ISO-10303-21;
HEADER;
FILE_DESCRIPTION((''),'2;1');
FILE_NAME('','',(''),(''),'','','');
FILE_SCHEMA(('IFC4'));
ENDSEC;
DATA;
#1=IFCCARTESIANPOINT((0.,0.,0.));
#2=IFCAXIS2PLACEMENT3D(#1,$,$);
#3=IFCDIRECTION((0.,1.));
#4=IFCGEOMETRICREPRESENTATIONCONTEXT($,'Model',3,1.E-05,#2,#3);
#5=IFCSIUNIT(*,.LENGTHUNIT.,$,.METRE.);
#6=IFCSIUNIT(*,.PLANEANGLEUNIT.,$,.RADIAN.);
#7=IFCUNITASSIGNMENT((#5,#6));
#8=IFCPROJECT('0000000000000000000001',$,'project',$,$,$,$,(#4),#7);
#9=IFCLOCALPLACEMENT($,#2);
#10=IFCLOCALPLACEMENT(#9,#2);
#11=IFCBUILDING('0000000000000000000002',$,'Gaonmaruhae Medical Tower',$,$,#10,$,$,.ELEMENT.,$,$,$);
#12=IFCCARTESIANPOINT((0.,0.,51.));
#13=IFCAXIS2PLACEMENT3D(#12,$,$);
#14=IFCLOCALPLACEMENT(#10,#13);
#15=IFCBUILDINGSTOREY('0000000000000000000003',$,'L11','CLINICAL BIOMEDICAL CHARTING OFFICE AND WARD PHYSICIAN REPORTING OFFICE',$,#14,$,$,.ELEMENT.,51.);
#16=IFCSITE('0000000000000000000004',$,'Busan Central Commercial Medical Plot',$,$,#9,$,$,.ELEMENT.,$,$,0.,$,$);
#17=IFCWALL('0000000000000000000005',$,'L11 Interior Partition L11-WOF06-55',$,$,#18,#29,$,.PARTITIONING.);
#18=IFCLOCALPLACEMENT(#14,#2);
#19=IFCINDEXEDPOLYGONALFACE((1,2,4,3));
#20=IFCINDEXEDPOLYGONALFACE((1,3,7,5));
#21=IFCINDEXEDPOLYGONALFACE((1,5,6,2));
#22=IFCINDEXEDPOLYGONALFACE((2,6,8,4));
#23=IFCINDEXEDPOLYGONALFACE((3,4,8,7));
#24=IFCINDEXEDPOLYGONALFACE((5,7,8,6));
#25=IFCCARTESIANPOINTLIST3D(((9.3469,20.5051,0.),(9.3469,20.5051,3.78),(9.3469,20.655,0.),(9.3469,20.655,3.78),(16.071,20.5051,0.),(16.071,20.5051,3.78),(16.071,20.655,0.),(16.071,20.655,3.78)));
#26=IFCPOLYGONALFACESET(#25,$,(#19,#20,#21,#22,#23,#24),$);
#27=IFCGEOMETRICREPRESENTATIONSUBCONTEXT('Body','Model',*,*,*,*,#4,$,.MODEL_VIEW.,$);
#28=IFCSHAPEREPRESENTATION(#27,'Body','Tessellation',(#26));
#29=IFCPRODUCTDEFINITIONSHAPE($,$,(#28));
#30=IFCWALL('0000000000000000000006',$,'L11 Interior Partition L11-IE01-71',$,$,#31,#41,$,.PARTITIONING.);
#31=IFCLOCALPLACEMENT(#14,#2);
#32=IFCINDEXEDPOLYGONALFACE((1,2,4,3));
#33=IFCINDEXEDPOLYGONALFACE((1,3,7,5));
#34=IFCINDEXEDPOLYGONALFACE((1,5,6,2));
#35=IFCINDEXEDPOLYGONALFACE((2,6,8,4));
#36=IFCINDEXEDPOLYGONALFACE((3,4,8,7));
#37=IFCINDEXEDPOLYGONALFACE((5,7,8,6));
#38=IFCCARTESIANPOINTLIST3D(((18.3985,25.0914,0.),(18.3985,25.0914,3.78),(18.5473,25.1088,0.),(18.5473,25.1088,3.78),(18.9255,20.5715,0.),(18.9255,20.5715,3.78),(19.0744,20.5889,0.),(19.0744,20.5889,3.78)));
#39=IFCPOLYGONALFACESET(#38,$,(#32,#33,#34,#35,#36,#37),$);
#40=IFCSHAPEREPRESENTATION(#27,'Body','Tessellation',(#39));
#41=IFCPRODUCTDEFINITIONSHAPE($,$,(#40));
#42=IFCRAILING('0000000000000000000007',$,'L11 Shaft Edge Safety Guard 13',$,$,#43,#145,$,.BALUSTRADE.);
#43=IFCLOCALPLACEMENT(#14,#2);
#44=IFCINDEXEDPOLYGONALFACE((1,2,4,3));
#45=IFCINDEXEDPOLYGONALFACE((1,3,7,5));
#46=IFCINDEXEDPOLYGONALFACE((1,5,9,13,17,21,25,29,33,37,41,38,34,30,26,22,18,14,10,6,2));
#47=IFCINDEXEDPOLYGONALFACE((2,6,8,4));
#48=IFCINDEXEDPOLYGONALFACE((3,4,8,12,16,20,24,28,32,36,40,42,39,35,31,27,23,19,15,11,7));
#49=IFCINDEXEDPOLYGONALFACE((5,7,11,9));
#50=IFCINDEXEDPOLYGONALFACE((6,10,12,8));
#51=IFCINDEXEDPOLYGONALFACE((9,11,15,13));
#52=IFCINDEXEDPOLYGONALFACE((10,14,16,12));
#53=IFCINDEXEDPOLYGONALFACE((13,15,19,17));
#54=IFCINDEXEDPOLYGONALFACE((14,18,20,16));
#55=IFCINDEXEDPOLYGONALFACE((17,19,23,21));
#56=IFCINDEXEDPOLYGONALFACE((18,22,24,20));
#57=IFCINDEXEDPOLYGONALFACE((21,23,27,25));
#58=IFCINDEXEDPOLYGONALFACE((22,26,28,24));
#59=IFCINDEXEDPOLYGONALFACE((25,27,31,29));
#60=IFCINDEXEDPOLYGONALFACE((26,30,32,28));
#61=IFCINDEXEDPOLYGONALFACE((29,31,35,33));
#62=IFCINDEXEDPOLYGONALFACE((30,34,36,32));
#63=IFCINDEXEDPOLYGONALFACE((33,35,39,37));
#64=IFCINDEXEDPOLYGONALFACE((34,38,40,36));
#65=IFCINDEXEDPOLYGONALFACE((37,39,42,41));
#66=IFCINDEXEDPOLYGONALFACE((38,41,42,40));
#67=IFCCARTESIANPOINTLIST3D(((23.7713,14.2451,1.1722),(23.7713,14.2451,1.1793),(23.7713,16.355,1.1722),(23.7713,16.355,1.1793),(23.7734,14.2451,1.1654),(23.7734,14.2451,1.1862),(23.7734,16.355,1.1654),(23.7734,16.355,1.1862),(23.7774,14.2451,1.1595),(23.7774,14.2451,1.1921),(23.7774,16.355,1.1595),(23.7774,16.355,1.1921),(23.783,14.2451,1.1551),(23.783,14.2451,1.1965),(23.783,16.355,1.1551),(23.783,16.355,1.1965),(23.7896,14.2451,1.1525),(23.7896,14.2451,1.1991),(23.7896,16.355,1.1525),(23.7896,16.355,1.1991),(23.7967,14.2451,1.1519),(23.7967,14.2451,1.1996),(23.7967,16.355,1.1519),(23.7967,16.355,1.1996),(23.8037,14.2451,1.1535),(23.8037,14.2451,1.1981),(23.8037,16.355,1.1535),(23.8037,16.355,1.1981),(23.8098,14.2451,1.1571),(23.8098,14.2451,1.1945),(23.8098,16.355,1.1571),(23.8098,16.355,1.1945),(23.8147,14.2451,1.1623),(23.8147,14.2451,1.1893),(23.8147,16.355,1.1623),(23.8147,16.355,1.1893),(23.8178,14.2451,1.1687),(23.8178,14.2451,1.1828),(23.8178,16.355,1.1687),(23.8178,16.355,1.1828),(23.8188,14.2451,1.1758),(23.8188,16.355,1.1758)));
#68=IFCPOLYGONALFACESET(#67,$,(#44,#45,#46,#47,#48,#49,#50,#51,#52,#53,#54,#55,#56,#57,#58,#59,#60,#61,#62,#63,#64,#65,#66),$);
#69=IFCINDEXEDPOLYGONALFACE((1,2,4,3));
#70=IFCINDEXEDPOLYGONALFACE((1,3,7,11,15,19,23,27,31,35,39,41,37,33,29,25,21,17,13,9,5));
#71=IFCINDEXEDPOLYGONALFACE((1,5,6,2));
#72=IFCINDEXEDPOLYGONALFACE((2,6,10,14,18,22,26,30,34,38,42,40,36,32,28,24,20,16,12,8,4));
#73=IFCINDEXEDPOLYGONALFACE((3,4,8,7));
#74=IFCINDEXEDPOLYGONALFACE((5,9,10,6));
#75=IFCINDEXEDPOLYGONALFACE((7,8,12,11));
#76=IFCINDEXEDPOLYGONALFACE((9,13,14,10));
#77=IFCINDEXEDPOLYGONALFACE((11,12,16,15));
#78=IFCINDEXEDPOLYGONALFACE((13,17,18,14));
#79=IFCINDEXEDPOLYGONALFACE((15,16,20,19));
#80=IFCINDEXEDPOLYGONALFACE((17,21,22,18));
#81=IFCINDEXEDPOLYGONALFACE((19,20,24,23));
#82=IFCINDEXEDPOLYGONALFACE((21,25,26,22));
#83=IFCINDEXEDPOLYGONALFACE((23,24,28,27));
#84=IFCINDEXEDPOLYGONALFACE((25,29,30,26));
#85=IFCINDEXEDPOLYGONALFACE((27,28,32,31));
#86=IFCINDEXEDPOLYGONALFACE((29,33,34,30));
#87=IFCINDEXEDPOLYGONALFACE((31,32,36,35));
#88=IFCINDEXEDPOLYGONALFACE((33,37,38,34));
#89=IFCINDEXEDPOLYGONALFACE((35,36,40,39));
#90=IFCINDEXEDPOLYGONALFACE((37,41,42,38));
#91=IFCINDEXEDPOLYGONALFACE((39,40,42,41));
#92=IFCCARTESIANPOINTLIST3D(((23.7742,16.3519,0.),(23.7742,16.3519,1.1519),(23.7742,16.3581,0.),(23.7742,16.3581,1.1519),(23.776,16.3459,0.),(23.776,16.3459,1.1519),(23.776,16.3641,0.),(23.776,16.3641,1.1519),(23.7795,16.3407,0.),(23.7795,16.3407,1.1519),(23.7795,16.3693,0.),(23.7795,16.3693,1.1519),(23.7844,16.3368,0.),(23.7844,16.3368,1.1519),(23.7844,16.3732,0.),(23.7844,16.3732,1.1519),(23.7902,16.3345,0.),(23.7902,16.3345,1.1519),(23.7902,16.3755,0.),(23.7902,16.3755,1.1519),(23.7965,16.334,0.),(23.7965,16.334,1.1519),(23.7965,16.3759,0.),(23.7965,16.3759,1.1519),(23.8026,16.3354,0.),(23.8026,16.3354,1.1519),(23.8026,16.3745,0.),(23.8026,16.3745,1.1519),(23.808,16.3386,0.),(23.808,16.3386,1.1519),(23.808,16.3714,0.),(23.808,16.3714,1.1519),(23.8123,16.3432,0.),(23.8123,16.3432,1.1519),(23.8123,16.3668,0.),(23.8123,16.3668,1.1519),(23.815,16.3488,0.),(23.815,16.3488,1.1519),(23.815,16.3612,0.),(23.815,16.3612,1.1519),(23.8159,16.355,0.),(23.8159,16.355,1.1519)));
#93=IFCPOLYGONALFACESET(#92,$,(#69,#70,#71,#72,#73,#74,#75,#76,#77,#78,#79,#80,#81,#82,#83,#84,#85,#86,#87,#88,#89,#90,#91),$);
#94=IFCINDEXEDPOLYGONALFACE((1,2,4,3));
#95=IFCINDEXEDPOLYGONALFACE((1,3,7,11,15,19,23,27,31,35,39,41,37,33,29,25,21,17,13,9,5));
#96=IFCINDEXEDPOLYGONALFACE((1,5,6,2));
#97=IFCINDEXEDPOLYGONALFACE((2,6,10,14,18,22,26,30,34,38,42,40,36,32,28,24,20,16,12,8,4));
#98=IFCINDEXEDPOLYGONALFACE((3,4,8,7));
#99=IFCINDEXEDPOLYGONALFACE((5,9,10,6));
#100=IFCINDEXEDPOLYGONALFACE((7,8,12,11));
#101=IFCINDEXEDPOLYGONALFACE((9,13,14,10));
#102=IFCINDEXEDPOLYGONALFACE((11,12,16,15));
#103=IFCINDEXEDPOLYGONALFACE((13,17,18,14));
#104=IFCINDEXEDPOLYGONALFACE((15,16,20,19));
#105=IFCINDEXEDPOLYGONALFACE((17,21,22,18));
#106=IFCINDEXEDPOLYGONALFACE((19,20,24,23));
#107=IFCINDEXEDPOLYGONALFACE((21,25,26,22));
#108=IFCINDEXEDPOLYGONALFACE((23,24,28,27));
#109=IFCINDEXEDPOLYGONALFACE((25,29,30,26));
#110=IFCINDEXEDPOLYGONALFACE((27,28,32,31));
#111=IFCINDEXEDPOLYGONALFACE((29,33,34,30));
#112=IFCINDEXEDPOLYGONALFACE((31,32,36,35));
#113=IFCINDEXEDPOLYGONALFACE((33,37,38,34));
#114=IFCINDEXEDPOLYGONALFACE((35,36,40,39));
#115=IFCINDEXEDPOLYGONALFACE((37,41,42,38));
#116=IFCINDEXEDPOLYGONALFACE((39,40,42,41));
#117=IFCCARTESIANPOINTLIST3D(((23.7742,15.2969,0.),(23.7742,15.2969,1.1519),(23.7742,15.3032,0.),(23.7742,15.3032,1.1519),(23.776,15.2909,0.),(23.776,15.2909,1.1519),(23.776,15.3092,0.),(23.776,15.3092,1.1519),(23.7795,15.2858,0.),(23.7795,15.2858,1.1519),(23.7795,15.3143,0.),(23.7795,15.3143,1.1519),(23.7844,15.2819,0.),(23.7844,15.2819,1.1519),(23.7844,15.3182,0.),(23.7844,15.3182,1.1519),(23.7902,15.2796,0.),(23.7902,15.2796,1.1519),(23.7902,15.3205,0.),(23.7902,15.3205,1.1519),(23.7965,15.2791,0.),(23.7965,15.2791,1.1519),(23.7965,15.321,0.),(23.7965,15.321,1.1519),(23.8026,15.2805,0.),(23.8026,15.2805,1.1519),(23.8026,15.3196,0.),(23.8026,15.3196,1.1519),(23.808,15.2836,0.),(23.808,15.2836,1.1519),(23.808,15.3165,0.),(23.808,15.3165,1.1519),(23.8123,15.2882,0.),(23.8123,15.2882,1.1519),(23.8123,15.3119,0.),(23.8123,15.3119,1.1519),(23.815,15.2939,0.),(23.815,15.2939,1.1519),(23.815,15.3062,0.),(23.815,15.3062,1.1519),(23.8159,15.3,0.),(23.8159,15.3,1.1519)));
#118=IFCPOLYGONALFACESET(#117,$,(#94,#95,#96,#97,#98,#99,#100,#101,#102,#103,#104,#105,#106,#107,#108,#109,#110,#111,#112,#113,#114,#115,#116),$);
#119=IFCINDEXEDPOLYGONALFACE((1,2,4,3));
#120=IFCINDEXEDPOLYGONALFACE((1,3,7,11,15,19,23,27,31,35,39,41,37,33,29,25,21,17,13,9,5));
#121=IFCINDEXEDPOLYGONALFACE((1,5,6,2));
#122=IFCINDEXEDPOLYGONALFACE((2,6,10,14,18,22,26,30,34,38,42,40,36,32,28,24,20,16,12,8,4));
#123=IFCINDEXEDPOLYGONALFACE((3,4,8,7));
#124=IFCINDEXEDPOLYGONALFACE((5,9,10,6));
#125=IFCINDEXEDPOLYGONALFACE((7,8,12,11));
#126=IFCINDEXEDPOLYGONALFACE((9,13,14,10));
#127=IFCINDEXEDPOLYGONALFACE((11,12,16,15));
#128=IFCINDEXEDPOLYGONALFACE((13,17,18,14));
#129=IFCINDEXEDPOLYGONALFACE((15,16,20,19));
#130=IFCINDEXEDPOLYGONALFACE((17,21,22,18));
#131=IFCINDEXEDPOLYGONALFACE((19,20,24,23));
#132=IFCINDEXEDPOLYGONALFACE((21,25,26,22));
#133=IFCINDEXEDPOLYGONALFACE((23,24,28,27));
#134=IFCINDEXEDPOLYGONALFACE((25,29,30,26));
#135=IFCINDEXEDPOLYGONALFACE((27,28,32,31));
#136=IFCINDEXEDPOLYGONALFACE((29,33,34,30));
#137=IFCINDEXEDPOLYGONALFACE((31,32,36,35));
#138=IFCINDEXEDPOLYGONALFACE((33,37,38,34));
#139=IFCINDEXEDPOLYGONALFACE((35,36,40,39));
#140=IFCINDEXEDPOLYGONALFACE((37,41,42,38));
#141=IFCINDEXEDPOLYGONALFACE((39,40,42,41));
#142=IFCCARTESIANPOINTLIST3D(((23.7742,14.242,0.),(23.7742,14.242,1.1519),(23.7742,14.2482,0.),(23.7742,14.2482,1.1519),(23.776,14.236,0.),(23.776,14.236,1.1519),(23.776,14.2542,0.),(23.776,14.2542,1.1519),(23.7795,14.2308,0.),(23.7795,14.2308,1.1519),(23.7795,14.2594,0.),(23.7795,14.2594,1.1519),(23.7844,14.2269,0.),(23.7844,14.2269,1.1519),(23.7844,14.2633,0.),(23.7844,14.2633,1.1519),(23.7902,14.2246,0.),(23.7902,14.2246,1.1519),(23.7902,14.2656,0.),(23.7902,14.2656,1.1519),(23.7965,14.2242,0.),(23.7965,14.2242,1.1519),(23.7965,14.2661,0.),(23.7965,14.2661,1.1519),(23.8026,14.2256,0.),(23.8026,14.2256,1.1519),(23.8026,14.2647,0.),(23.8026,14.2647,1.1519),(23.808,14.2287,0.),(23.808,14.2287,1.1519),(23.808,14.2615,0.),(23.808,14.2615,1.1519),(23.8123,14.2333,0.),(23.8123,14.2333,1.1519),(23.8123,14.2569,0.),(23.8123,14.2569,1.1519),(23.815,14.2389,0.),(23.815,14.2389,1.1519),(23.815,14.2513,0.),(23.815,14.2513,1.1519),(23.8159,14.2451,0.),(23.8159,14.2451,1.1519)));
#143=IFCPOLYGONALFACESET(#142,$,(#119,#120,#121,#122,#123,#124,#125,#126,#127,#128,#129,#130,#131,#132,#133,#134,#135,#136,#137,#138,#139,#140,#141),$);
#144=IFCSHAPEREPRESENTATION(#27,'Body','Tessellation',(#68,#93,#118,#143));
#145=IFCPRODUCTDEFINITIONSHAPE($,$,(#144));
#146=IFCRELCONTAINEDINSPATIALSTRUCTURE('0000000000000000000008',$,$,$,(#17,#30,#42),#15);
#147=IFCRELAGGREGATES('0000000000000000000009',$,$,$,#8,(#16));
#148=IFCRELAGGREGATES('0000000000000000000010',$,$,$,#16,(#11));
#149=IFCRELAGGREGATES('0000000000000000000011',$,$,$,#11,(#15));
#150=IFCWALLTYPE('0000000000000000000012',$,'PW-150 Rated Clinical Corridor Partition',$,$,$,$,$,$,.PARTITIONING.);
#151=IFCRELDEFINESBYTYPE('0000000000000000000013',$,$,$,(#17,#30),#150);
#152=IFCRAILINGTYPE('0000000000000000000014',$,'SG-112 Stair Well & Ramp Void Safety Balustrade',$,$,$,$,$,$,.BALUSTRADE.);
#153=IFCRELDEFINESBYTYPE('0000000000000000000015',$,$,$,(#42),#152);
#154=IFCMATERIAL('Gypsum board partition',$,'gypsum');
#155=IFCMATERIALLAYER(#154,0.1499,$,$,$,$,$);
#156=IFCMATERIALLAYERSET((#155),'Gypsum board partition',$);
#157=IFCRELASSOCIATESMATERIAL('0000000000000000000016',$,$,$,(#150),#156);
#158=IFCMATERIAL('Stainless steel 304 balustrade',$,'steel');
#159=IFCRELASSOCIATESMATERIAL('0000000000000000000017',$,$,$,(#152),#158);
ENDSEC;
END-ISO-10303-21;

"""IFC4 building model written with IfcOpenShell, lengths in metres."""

from ifc_helpers import new_model, si_unit, direction, frame, frame_2d, origin, origin_2d, place, context, subcontext, project, spatial, rectangle, circle, extrude, material, layer, layer_set, type_object, element, save


model = new_model("IFC4")

# Units and contexts
model_context = context("Model", 3, precision=1e-05, world=origin(), true_north=direction((0.0, 1.0)))
body_context = subcontext(model_context, "Body", "Model", "MODEL_VIEW")
ifc_project = project(units=[si_unit("LENGTHUNIT", "METRE"), si_unit("PLANEANGLEUNIT", "RADIAN")], contexts=[model_context])

# Site, building, storey
site_placement = place(None, origin())
site = spatial("IfcSite", under=ifc_project, at=site_placement, Name="Busan Central Commercial Medical Plot", CompositionType="ELEMENT", RefElevation=0.0)
building_placement = place(site_placement, origin())
building = spatial("IfcBuilding", under=site, at=building_placement, Name="Gaonmaruhae Medical Tower", CompositionType="ELEMENT")
storey_placement = place(building_placement, frame((0.0, 0.0, 51.0)))
storey = spatial("IfcBuildingStorey", under=building, at=storey_placement, Name="L11", Description="CLINICAL BIOMEDICAL CHARTING OFFICE AND WARD PHYSICIAN REPORTING OFFICE", CompositionType="ELEMENT", Elevation=51.0)

# Walls
ifc_material_1 = material(Name="Gypsum board partition", Category="gypsum")
ifc_layer_1 = layer(ifc_material_1, 0.1499)
ifc_layer_set_1 = layer_set([ifc_layer_1], Name="Gypsum board partition")
wall_type_1 = type_object("IfcWallType", Name="PW-150 Rated Clinical Corridor Partition", PredefinedType="PARTITIONING", material=ifc_layer_set_1)
wall_1_placement = place(storey_placement, frame((16.071, 20.5801, 0.0), z_axis=(0.0, 0.0, 1.0), x_axis=(-1.0, 0.0, 0.0)))
element("IfcWall", 1, at=wall_1_placement, inside=storey, type_object=wall_type_1, Name="L11 Interior Partition L11-WOF06-55", PredefinedType="PARTITIONING", context=body_context, shape_type="SweptSolid", body=[
    extrude(rectangle(XDim=6.7241, YDim=0.1499, at=frame_2d((3.3621, 0.0))), origin(), (0.0, 0.0, 1.0), 3.78),
])
wall_2_placement = place(storey_placement, frame((19.0, 20.5801, 0.0), z_axis=(0.0, 0.0, 1.0), x_axis=(-0.11583, 0.993269, 0.0)))
element("IfcWall", 2, at=wall_2_placement, inside=storey, type_object=wall_type_1, Name="L11 Interior Partition L11-IE01-71", PredefinedType="PARTITIONING", context=body_context, shape_type="SweptSolid", body=[
    extrude(rectangle(XDim=4.5505, YDim=0.1499, at=frame_2d((2.2754, 0.0))), origin(), (0.0, 0.0, 1.0), 3.78),
])

# Railing
ifc_material_2 = material(Name="Stainless steel 304 balustrade", Category="steel")
railing_type = type_object("IfcRailingType", Name="SG-112 Stair Well & Ramp Void Safety Balustrade", PredefinedType="BALUSTRADE", material=ifc_material_2)
railing_placement = place(storey_placement, frame((23.7949, 16.355, 0.0)))
element("IfcRailing", 3, at=railing_placement, inside=storey, type_object=railing_type, Name="L11 Shaft Edge Safety Guard 13", PredefinedType="BALUSTRADE", context=body_context, shape_type="SweptSolid", body=[
    extrude(circle(Radius=0.0239, at=origin_2d()), frame((0.0, 0.0, 1.1758), z_axis=(0.0, -1.0, 0.0), x_axis=(1.0, 0.0, 0.0)), (0.0, 0.0, 1.0), 2.1099),
    extrude(circle(Radius=0.021, at=origin_2d()), origin(), (0.0, 0.0, 1.0), 1.1519),
    extrude(circle(Radius=0.021, at=origin_2d()), frame((0.0, -1.0549, 0.0)), (0.0, 0.0, 1.0), 1.1519),
    extrude(circle(Radius=0.021, at=origin_2d()), frame((0.0, -2.1099, 0.0)), (0.0, 0.0, 1.0), 1.1519),
])

save(model, "model.ifc")
